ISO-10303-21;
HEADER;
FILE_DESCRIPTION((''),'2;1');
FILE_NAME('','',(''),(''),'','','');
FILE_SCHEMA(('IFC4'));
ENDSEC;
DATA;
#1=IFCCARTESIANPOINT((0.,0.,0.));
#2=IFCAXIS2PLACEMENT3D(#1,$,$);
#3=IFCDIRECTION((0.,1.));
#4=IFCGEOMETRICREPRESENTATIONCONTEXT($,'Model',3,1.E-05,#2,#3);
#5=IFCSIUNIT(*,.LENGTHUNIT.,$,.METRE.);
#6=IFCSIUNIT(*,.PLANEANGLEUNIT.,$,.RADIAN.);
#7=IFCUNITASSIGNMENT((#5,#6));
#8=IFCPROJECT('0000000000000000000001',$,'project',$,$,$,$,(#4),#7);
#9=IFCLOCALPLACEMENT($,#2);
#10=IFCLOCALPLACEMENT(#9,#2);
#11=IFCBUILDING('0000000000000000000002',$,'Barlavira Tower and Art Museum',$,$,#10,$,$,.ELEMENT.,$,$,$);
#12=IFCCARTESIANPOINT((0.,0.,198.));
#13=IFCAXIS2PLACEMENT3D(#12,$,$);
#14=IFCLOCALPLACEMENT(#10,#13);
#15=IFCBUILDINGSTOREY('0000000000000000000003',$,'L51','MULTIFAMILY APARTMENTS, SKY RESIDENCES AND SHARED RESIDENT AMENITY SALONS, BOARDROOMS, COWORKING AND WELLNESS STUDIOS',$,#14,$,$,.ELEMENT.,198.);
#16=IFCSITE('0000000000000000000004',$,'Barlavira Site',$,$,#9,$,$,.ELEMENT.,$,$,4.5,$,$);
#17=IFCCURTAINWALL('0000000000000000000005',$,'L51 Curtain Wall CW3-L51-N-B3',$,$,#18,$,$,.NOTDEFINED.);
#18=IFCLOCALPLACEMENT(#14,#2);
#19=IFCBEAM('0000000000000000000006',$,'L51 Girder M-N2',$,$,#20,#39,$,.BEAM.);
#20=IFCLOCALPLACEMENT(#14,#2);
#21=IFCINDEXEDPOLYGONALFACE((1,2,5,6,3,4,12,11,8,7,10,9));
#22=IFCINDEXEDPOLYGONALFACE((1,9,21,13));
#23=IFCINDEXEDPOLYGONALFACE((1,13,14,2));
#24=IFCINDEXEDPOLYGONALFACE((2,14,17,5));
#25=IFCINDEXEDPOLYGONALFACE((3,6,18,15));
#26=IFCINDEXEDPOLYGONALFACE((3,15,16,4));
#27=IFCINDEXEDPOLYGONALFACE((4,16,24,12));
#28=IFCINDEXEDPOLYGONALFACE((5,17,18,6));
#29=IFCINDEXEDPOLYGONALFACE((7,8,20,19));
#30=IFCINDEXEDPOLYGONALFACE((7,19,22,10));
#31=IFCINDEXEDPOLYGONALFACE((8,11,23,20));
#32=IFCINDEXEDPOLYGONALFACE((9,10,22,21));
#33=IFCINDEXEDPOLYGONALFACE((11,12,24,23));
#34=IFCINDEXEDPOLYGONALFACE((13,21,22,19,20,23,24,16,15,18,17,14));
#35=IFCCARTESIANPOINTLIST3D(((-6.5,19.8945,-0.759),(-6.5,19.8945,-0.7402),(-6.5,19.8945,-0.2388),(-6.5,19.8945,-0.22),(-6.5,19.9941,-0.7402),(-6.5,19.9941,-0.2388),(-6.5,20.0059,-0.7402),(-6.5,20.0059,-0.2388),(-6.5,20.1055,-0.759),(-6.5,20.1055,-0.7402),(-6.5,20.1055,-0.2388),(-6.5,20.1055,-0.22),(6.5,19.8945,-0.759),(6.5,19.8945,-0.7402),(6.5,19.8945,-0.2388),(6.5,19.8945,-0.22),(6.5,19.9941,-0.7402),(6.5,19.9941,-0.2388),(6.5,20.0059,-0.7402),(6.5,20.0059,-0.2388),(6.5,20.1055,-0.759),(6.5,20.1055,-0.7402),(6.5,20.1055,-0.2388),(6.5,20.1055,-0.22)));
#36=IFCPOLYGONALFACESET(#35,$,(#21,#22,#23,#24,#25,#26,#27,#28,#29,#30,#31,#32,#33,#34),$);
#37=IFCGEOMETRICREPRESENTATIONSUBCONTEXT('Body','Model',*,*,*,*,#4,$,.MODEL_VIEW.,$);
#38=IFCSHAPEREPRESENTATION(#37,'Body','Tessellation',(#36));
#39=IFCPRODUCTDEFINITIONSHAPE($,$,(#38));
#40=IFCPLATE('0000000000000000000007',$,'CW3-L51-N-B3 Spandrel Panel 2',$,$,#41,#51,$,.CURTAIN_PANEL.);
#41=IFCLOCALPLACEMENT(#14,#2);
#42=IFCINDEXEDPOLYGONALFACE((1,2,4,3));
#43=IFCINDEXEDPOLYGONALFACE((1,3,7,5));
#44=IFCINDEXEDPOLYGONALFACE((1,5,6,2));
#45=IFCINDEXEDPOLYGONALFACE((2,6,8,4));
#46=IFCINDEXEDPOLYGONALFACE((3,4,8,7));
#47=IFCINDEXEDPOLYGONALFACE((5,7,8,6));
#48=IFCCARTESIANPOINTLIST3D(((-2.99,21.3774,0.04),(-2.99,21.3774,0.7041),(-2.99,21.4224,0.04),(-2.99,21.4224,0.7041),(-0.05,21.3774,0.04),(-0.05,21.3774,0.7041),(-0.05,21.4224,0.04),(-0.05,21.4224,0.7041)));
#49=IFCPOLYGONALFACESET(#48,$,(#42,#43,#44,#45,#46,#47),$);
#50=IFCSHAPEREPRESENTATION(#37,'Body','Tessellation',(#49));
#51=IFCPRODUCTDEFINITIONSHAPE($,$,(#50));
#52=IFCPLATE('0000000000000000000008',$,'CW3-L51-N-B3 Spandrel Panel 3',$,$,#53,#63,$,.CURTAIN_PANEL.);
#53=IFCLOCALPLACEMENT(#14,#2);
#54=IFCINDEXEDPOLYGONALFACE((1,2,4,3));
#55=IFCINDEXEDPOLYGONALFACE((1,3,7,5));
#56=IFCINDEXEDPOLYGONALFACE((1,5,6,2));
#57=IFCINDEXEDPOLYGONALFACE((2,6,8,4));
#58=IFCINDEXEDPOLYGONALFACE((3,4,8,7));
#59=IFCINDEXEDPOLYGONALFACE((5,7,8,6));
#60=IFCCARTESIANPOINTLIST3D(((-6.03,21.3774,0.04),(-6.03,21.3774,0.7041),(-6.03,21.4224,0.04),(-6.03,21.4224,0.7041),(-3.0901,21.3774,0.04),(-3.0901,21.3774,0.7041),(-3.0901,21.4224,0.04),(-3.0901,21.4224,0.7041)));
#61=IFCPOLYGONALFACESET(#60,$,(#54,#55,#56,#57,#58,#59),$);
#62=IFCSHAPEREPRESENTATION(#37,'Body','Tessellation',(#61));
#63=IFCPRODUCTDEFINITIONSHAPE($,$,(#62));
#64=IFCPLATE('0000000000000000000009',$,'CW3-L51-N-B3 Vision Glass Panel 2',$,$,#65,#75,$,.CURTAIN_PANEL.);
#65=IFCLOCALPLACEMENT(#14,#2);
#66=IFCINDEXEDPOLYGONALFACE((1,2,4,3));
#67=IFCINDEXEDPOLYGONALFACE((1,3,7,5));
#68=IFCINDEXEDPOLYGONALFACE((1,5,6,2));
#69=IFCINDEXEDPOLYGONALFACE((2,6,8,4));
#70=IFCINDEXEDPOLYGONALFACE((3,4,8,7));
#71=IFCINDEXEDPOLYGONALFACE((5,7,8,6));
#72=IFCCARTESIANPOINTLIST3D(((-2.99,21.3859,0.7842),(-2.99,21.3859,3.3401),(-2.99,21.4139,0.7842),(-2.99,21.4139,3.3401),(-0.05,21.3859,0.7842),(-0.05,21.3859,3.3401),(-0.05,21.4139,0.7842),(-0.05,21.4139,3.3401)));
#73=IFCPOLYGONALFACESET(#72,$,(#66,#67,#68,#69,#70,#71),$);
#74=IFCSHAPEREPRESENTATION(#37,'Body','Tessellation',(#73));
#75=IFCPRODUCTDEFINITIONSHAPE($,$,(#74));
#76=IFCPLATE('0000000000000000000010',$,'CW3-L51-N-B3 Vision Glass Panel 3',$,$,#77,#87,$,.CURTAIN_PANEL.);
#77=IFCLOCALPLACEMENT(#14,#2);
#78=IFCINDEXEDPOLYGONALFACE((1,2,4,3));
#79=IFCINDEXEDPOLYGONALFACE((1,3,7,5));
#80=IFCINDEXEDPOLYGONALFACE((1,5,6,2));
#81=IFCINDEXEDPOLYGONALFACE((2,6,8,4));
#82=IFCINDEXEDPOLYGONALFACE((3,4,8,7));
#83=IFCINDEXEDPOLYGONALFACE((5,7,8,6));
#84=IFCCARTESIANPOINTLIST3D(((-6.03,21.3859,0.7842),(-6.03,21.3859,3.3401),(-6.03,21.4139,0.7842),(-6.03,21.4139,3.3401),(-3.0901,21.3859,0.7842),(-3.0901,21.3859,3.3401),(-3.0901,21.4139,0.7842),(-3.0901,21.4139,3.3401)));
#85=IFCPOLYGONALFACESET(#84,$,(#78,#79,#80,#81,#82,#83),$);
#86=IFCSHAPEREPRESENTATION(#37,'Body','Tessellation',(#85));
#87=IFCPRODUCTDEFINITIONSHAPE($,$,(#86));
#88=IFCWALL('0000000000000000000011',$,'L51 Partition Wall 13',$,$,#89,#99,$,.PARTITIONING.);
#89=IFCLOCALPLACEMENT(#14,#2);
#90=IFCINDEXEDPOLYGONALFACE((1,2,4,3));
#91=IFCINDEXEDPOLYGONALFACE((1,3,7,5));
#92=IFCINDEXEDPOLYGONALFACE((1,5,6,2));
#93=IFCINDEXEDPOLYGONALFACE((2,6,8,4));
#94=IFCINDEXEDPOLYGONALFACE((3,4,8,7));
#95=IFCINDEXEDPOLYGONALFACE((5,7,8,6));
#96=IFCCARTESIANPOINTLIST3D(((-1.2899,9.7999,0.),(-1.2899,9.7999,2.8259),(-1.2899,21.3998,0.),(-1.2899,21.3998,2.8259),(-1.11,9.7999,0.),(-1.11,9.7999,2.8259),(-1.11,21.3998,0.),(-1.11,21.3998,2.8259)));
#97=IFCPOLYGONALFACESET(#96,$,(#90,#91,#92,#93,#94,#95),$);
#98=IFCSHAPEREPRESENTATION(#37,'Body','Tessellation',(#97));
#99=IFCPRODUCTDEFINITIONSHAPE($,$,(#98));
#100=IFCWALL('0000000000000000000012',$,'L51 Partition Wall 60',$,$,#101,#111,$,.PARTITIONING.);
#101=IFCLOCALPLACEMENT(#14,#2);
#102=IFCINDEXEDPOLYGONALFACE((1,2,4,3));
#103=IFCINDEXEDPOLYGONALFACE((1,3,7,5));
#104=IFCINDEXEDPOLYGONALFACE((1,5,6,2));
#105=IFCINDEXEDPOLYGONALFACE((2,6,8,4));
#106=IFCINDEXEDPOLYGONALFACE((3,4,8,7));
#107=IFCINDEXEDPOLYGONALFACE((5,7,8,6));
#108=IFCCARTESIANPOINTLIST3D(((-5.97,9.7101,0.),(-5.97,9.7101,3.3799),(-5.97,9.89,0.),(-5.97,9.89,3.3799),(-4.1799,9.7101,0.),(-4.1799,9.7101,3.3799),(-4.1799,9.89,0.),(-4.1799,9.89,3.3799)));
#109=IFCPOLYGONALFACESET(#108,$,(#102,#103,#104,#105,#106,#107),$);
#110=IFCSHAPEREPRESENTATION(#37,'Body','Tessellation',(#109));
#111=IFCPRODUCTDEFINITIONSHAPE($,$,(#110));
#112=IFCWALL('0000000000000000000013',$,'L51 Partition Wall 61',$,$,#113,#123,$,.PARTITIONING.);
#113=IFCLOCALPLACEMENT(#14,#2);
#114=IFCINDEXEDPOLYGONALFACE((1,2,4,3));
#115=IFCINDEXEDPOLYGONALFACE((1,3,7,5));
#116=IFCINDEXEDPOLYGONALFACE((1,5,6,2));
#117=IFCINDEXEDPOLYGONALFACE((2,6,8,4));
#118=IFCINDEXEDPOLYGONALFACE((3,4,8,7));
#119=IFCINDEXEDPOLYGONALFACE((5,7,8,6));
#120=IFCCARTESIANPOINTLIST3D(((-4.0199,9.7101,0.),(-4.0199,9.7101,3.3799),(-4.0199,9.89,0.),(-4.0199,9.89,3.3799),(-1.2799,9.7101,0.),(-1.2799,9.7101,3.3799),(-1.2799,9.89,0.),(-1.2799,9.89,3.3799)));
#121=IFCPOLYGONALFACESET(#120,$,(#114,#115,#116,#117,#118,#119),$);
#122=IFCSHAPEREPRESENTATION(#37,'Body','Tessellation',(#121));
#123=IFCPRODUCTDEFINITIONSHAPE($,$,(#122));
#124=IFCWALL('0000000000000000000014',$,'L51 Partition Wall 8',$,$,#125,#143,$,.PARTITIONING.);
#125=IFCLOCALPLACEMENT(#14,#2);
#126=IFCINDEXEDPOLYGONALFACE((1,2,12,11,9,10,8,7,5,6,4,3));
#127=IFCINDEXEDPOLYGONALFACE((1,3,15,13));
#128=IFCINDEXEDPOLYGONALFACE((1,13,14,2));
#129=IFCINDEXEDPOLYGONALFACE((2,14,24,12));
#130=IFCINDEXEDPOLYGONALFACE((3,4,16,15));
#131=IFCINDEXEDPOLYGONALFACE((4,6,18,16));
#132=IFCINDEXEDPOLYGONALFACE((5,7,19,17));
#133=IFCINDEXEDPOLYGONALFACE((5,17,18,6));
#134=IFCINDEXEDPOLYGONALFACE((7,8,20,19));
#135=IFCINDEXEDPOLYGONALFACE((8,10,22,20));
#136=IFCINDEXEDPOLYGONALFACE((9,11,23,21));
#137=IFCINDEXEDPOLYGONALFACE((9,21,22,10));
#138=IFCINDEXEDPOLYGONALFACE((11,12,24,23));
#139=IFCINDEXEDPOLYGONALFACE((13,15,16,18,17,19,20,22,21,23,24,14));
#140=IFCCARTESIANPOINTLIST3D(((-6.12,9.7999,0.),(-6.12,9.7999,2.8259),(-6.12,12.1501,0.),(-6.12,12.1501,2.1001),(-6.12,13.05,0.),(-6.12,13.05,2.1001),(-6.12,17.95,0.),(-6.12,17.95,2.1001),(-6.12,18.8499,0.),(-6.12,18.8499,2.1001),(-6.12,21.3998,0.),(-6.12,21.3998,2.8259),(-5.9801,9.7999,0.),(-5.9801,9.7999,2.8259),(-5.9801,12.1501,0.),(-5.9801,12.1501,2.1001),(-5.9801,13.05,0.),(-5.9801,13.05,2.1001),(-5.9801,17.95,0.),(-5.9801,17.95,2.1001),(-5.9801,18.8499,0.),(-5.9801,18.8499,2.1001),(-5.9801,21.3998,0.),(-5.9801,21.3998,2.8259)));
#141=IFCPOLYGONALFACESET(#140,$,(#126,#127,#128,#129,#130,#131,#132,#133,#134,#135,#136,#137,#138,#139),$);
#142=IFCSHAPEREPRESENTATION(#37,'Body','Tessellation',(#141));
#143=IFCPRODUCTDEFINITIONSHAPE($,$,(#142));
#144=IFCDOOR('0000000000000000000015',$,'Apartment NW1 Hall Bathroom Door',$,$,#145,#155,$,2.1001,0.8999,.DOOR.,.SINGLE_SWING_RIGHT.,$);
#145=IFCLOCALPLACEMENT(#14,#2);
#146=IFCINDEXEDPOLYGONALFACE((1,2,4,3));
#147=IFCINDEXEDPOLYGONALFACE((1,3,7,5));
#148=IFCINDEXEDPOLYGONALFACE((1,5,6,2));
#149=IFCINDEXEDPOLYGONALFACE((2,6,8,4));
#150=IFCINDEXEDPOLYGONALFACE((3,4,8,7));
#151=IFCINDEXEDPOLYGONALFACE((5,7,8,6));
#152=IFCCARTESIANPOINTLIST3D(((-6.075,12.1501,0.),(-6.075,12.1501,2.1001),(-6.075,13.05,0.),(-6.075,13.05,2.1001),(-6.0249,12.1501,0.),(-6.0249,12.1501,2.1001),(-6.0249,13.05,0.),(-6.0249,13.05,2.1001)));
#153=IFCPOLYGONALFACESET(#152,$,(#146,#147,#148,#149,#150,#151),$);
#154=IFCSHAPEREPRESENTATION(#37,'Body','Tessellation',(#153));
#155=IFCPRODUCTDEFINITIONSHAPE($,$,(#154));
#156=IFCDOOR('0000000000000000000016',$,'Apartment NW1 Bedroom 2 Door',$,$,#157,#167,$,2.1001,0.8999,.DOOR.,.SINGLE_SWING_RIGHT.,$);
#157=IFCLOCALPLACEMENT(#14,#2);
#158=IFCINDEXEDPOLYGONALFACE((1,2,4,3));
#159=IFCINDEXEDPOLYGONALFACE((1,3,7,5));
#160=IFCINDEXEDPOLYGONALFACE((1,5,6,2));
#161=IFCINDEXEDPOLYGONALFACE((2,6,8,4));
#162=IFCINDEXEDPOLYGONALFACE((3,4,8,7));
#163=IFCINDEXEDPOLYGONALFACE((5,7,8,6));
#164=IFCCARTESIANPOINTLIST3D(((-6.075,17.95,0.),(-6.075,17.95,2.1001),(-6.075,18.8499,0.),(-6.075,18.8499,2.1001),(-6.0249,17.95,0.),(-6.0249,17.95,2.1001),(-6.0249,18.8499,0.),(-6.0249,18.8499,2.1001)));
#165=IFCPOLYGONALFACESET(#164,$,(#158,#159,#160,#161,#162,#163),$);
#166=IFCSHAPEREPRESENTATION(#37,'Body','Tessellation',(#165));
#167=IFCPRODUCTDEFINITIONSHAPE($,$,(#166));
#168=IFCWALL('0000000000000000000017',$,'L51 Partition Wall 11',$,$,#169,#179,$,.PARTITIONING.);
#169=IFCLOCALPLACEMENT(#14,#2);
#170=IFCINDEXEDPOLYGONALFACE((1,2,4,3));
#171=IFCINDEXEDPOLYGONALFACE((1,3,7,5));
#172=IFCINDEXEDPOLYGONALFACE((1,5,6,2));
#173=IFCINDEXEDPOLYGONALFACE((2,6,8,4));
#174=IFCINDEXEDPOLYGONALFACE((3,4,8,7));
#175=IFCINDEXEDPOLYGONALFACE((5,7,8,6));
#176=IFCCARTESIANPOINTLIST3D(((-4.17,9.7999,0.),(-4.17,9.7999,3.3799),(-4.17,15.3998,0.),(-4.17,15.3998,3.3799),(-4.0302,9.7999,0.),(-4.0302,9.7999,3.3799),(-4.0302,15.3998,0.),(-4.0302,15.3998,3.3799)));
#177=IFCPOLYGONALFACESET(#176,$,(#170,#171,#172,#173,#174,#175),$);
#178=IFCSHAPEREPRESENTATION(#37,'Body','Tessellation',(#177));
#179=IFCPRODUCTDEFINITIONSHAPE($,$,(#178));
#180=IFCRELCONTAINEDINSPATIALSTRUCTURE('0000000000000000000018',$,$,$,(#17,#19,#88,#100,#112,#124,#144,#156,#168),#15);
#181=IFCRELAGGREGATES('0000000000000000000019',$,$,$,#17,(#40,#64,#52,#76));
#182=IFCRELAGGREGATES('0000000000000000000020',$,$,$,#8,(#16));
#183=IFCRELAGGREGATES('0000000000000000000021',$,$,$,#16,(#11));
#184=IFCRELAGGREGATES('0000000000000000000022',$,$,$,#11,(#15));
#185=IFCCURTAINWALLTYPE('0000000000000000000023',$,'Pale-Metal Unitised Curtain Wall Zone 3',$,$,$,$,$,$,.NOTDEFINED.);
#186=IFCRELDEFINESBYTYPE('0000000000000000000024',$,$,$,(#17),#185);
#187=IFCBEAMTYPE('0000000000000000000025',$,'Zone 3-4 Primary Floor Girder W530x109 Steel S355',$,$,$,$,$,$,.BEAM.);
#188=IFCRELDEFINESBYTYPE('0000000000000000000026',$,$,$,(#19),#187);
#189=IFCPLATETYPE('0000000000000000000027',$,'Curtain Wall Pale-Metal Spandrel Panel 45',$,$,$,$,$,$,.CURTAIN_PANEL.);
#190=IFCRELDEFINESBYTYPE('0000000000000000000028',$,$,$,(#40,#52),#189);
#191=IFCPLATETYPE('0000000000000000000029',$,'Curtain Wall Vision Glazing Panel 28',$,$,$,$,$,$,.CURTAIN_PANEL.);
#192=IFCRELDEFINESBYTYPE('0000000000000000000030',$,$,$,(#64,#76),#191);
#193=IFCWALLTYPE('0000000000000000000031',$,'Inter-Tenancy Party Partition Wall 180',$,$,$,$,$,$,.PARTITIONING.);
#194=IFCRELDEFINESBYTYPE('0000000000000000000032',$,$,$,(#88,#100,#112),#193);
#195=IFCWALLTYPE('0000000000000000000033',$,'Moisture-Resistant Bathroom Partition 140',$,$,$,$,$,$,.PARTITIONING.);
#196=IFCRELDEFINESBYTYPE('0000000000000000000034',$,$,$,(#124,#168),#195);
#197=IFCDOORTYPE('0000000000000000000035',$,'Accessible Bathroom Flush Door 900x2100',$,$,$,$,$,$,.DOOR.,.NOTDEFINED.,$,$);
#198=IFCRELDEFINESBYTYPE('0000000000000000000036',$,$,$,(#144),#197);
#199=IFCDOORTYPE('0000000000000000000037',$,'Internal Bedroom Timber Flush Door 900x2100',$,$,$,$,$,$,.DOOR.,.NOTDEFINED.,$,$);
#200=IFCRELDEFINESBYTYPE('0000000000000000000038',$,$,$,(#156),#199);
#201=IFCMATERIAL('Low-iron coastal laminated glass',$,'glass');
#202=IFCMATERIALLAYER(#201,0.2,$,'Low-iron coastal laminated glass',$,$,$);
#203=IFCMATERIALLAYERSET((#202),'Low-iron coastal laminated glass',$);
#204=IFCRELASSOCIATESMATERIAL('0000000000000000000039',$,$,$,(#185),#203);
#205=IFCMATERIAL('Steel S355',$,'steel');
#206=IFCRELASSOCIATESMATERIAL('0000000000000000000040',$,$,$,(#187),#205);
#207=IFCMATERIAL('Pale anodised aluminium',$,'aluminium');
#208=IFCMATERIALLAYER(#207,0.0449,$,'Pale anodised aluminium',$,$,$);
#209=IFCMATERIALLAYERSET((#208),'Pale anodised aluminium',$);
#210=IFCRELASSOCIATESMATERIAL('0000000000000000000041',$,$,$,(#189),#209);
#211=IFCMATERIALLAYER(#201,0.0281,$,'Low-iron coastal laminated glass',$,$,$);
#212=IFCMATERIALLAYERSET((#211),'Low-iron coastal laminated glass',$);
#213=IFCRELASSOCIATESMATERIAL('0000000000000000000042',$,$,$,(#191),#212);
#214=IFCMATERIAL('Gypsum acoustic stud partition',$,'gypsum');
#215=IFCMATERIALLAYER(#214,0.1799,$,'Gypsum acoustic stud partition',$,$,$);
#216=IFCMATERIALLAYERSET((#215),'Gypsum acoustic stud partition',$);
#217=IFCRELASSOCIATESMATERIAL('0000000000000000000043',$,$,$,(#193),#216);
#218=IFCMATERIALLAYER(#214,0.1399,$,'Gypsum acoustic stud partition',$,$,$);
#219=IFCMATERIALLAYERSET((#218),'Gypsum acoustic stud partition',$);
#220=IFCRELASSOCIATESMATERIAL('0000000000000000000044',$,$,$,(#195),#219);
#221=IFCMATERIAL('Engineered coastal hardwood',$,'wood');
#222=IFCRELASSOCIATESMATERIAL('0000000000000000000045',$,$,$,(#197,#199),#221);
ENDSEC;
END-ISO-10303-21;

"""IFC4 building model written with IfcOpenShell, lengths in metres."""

from ifc_helpers import new_model, si_unit, direction, frame, frame_2d, origin, origin_2d, place, context, subcontext, project, spatial, rectangle, i_section, extrude, material, layer, layer_set, material_profile, profile_set, type_object, element, fill, aggregate, save


model = new_model("IFC4")

# Units and contexts
model_context = context("Model", 3, precision=1e-05, world=origin(), true_north=direction((0.0, 1.0)))
body_context = subcontext(model_context, "Body", "Model", "MODEL_VIEW")
ifc_project = project(units=[si_unit("LENGTHUNIT", "METRE"), si_unit("PLANEANGLEUNIT", "RADIAN")], contexts=[model_context])

# Site, building, storey
site_placement = place(None, origin())
site = spatial("IfcSite", under=ifc_project, at=site_placement, Name="Barlavira Site", CompositionType="ELEMENT", RefElevation=4.5)
building_placement = place(site_placement, origin())
building = spatial("IfcBuilding", under=site, at=building_placement, Name="Barlavira Tower and Art Museum", CompositionType="ELEMENT")
storey_placement = place(building_placement, frame((0.0, 0.0, 198.0)))
storey = spatial("IfcBuildingStorey", under=building, at=storey_placement, Name="L51", Description="MULTIFAMILY APARTMENTS, SKY RESIDENCES AND SHARED RESIDENT AMENITY SALONS, BOARDROOMS, COWORKING AND WELLNESS STUDIOS", CompositionType="ELEMENT", Elevation=198.0)

# Curtain wall
ifc_material_1 = material(Name="Low-iron coastal laminated glass", Category="glass")
ifc_layer_1 = layer(ifc_material_1, 0.2, Name="Low-iron coastal laminated glass")
ifc_layer_set_1 = layer_set([ifc_layer_1], Name="Low-iron coastal laminated glass")
curtain_wall_type = type_object("IfcCurtainWallType", Name="Pale-Metal Unitised Curtain Wall Zone 3", PredefinedType="NOTDEFINED", material=ifc_layer_set_1)
curtain_wall_placement = place(storey_placement, origin())
curtain_wall = element("IfcCurtainWall", 1, at=curtain_wall_placement, inside=storey, type_object=curtain_wall_type, Name="L51 Curtain Wall CW3-L51-N-B3", PredefinedType="NOTDEFINED")
ifc_material_2 = material(Name="Pale anodised aluminium", Category="aluminium")

# Beam
ifc_material_3 = material(Name="Steel S355", Category="steel")
ifc_material_profile_1 = material_profile(ifc_material_3, i_section(OverallWidth=0.2109, OverallDepth=0.5391, WebThickness=0.0117, FlangeThickness=0.0188, at=origin_2d()), Name="W530x109.0")
ifc_profile_set_1 = profile_set([ifc_material_profile_1], Name="Steel S355")
beam_type_1 = type_object("IfcBeamType", Name="Zone 3-4 Primary Floor Girder W530x109 Steel S355", PredefinedType="BEAM", material=ifc_profile_set_1)
beam_1_placement = place(storey_placement, frame((-6.5, 20.0, -0.4895), z_axis=(1.0, 0.0, 0.0), x_axis=(0.0, 1.0, 0.0)))
element("IfcBeam", 2, at=beam_1_placement, inside=storey, type_object=beam_type_1, Name="L51 Girder M-N2", PredefinedType="BEAM", context=body_context, shape_type="SweptSolid", body=[
    extrude(i_section(OverallWidth=0.2109, OverallDepth=0.5391, WebThickness=0.0117, FlangeThickness=0.0188, at=origin_2d()), origin(), (0.0, 0.0, 1.0), 13.0),
])

# Plates
ifc_layer_2 = layer(ifc_material_2, 0.0449, Name="Pale anodised aluminium")
ifc_layer_set_2 = layer_set([ifc_layer_2], Name="Pale anodised aluminium")
plate_type_1 = type_object("IfcPlateType", Name="Curtain Wall Pale-Metal Spandrel Panel 45", PredefinedType="CURTAIN_PANEL", material=ifc_layer_set_2)
plate_1_placement = place(storey_placement, frame((-1.52, 21.3999, 0.04), z_axis=(0.0, 0.0, 1.0), x_axis=(-1.0, 0.0, 0.0)))
plate_1 = element("IfcPlate", 3, at=plate_1_placement, type_object=plate_type_1, Name="CW3-L51-N-B3 Spandrel Panel 2", PredefinedType="CURTAIN_PANEL", context=body_context, shape_type="SweptSolid", body=[
    extrude(rectangle(XDim=2.9399, YDim=0.0449, at=origin_2d()), origin(), (0.0, 0.0, 1.0), 0.6641),
])
plate_2_placement = place(storey_placement, frame((-4.5601, 21.3999, 0.04), z_axis=(0.0, 0.0, 1.0), x_axis=(-1.0, 0.0, 0.0)))
plate_2 = element("IfcPlate", 4, at=plate_2_placement, type_object=plate_type_1, Name="CW3-L51-N-B3 Spandrel Panel 3", PredefinedType="CURTAIN_PANEL", context=body_context, shape_type="SweptSolid", body=[
    extrude(rectangle(XDim=2.9399, YDim=0.0449, at=origin_2d()), origin(), (0.0, 0.0, 1.0), 0.6641),
])
ifc_layer_3 = layer(ifc_material_1, 0.0281, Name="Low-iron coastal laminated glass")
ifc_layer_set_3 = layer_set([ifc_layer_3], Name="Low-iron coastal laminated glass")
plate_type_2 = type_object("IfcPlateType", Name="Curtain Wall Vision Glazing Panel 28", PredefinedType="CURTAIN_PANEL", material=ifc_layer_set_3)
plate_3_placement = place(storey_placement, frame((-1.52, 21.3999, 0.7842), z_axis=(0.0, 0.0, 1.0), x_axis=(-1.0, 0.0, 0.0)))
plate_3 = element("IfcPlate", 5, at=plate_3_placement, type_object=plate_type_2, Name="CW3-L51-N-B3 Vision Glass Panel 2", PredefinedType="CURTAIN_PANEL", context=body_context, shape_type="SweptSolid", body=[
    extrude(rectangle(XDim=2.9399, YDim=0.0281, at=origin_2d()), origin(), (0.0, 0.0, 1.0), 2.5559),
])
plate_4_placement = place(storey_placement, frame((-4.5601, 21.3999, 0.7842), z_axis=(0.0, 0.0, 1.0), x_axis=(-1.0, 0.0, 0.0)))
plate_4 = element("IfcPlate", 6, at=plate_4_placement, type_object=plate_type_2, Name="CW3-L51-N-B3 Vision Glass Panel 3", PredefinedType="CURTAIN_PANEL", context=body_context, shape_type="SweptSolid", body=[
    extrude(rectangle(XDim=2.9399, YDim=0.0281, at=origin_2d()), origin(), (0.0, 0.0, 1.0), 2.5559),
])
aggregate(curtain_wall, [plate_1, plate_3, plate_2, plate_4])

# Walls
ifc_material_4 = material(Name="Gypsum acoustic stud partition", Category="gypsum")
ifc_layer_4 = layer(ifc_material_4, 0.1799, Name="Gypsum acoustic stud partition")
ifc_layer_set_4 = layer_set([ifc_layer_4], Name="Gypsum acoustic stud partition")
wall_type_1 = type_object("IfcWallType", Name="Inter-Tenancy Party Partition Wall 180", PredefinedType="PARTITIONING", material=ifc_layer_set_4)
wall_1_placement = place(storey_placement, frame((-1.2, 9.8, 0.0), z_axis=(0.0, 0.0, 1.0), x_axis=(0.0, 1.0, 0.0)))
element("IfcWall", 7, at=wall_1_placement, inside=storey, type_object=wall_type_1, Name="L51 Partition Wall 13", PredefinedType="PARTITIONING", context=body_context, shape_type="SweptSolid", body=[
    extrude(rectangle(XDim=11.5999, YDim=0.1799, at=frame_2d((5.7998, 0.0))), origin(), (0.0, 0.0, 1.0), 2.8259),
])
wall_2_placement = place(storey_placement, frame((-5.97, 9.8, 0.0), z_axis=(0.0, 0.0, 1.0), x_axis=(1.0, 0.0, 0.0)))
element("IfcWall", 8, at=wall_2_placement, inside=storey, type_object=wall_type_1, Name="L51 Partition Wall 60", PredefinedType="PARTITIONING", context=body_context, shape_type="SweptSolid", body=[
    extrude(rectangle(XDim=1.79, YDim=0.1799, at=frame_2d((0.895, 0.0))), origin(), (0.0, 0.0, 1.0), 3.3799),
])
wall_3_placement = place(storey_placement, frame((-4.02, 9.8, 0.0), z_axis=(0.0, 0.0, 1.0), x_axis=(1.0, 0.0, 0.0)))
element("IfcWall", 9, at=wall_3_placement, inside=storey, type_object=wall_type_1, Name="L51 Partition Wall 61", PredefinedType="PARTITIONING", context=body_context, shape_type="SweptSolid", body=[
    extrude(rectangle(XDim=2.74, YDim=0.1799, at=frame_2d((1.3701, 0.0))), origin(), (0.0, 0.0, 1.0), 3.3799),
])

# Wall, openings, doors
ifc_layer_5 = layer(ifc_material_4, 0.1399, Name="Gypsum acoustic stud partition")
ifc_layer_set_5 = layer_set([ifc_layer_5], Name="Gypsum acoustic stud partition")
wall_type_2 = type_object("IfcWallType", Name="Moisture-Resistant Bathroom Partition 140", PredefinedType="PARTITIONING", material=ifc_layer_set_5)
wall_4_placement = place(storey_placement, frame((-6.05, 9.8, 0.0), z_axis=(0.0, 0.0, 1.0), x_axis=(0.0, 1.0, 0.0)))
wall_4 = element("IfcWall", 10, at=wall_4_placement, inside=storey, type_object=wall_type_2, Name="L51 Partition Wall 8", PredefinedType="PARTITIONING", context=body_context, shape_type="SweptSolid", body=[
    extrude(rectangle(XDim=11.5999, YDim=0.1399, at=frame_2d((5.7998, 0.0))), origin(), (0.0, 0.0, 1.0), 2.8259),
])
opening_1_placement = place(wall_4_placement, frame((2.3501, 0.0, 0.0)))
opening_1 = element("IfcOpeningElement", 11, at=opening_1_placement, cuts=wall_4, PredefinedType="OPENING", context=body_context, shape_type="SweptSolid", body=[
    extrude(rectangle(XDim=0.8999, YDim=2.1001, at=frame_2d((0.45, 1.05))), frame((0.0, 0.0801, 0.0), z_axis=(0.0, -1.0, 0.0), x_axis=(1.0, 0.0, 0.0)), (0.0, 0.0, 1.0), 0.1599),
])
opening_2_placement = place(wall_4_placement, frame((8.1499, 0.0, 0.0)))
opening_2 = element("IfcOpeningElement", 12, at=opening_2_placement, cuts=wall_4, PredefinedType="OPENING", context=body_context, shape_type="SweptSolid", body=[
    extrude(rectangle(XDim=0.8999, YDim=2.1001, at=frame_2d((0.45, 1.05))), frame((0.0, 0.0801, 0.0), z_axis=(0.0, -1.0, 0.0), x_axis=(1.0, 0.0, 0.0)), (0.0, 0.0, 1.0), 0.1599),
])
ifc_material_5 = material(Name="Engineered coastal hardwood", Category="wood")
door_type_1 = type_object("IfcDoorType", Name="Accessible Bathroom Flush Door 900x2100", OperationType="NOTDEFINED", PredefinedType="DOOR", material=ifc_material_5)
door_1_placement = place(opening_1_placement, origin())
door_1 = element("IfcDoor", 13, at=door_1_placement, inside=storey, type_object=door_type_1, Name="Apartment NW1 Hall Bathroom Door", OperationType="SINGLE_SWING_RIGHT", OverallHeight=2.1001, OverallWidth=0.8999, PredefinedType="DOOR", context=body_context, shape_type="SweptSolid", body=[
    extrude(rectangle(XDim=0.8999, YDim=2.1001, at=frame_2d((0.45, 1.05))), frame((0.0, 0.0249, 0.0), z_axis=(0.0, -1.0, 0.0), x_axis=(1.0, 0.0, 0.0)), (0.0, 0.0, 1.0), 0.05),
])
fill(opening_1, door_1)
door_type_2 = type_object("IfcDoorType", Name="Internal Bedroom Timber Flush Door 900x2100", OperationType="NOTDEFINED", PredefinedType="DOOR", material=ifc_material_5)
door_2_placement = place(opening_2_placement, origin())
door_2 = element("IfcDoor", 14, at=door_2_placement, inside=storey, type_object=door_type_2, Name="Apartment NW1 Bedroom 2 Door", OperationType="SINGLE_SWING_RIGHT", OverallHeight=2.1001, OverallWidth=0.8999, PredefinedType="DOOR", context=body_context, shape_type="SweptSolid", body=[
    extrude(rectangle(XDim=0.8999, YDim=2.1001, at=frame_2d((0.45, 1.05))), frame((0.0, 0.0249, 0.0), z_axis=(0.0, -1.0, 0.0), x_axis=(1.0, 0.0, 0.0)), (0.0, 0.0, 1.0), 0.05),
])
fill(opening_2, door_2)

# Wall
wall_5_placement = place(storey_placement, frame((-4.1001, 9.8, 0.0), z_axis=(0.0, 0.0, 1.0), x_axis=(0.0, 1.0, 0.0)))
element("IfcWall", 15, at=wall_5_placement, inside=storey, type_object=wall_type_2, Name="L51 Partition Wall 11", PredefinedType="PARTITIONING", context=body_context, shape_type="SweptSolid", body=[
    extrude(rectangle(XDim=5.5999, YDim=0.1399, at=frame_2d((2.7998, 0.0))), origin(), (0.0, 0.0, 1.0), 3.3799),
])

save(model, "model.ifc")
